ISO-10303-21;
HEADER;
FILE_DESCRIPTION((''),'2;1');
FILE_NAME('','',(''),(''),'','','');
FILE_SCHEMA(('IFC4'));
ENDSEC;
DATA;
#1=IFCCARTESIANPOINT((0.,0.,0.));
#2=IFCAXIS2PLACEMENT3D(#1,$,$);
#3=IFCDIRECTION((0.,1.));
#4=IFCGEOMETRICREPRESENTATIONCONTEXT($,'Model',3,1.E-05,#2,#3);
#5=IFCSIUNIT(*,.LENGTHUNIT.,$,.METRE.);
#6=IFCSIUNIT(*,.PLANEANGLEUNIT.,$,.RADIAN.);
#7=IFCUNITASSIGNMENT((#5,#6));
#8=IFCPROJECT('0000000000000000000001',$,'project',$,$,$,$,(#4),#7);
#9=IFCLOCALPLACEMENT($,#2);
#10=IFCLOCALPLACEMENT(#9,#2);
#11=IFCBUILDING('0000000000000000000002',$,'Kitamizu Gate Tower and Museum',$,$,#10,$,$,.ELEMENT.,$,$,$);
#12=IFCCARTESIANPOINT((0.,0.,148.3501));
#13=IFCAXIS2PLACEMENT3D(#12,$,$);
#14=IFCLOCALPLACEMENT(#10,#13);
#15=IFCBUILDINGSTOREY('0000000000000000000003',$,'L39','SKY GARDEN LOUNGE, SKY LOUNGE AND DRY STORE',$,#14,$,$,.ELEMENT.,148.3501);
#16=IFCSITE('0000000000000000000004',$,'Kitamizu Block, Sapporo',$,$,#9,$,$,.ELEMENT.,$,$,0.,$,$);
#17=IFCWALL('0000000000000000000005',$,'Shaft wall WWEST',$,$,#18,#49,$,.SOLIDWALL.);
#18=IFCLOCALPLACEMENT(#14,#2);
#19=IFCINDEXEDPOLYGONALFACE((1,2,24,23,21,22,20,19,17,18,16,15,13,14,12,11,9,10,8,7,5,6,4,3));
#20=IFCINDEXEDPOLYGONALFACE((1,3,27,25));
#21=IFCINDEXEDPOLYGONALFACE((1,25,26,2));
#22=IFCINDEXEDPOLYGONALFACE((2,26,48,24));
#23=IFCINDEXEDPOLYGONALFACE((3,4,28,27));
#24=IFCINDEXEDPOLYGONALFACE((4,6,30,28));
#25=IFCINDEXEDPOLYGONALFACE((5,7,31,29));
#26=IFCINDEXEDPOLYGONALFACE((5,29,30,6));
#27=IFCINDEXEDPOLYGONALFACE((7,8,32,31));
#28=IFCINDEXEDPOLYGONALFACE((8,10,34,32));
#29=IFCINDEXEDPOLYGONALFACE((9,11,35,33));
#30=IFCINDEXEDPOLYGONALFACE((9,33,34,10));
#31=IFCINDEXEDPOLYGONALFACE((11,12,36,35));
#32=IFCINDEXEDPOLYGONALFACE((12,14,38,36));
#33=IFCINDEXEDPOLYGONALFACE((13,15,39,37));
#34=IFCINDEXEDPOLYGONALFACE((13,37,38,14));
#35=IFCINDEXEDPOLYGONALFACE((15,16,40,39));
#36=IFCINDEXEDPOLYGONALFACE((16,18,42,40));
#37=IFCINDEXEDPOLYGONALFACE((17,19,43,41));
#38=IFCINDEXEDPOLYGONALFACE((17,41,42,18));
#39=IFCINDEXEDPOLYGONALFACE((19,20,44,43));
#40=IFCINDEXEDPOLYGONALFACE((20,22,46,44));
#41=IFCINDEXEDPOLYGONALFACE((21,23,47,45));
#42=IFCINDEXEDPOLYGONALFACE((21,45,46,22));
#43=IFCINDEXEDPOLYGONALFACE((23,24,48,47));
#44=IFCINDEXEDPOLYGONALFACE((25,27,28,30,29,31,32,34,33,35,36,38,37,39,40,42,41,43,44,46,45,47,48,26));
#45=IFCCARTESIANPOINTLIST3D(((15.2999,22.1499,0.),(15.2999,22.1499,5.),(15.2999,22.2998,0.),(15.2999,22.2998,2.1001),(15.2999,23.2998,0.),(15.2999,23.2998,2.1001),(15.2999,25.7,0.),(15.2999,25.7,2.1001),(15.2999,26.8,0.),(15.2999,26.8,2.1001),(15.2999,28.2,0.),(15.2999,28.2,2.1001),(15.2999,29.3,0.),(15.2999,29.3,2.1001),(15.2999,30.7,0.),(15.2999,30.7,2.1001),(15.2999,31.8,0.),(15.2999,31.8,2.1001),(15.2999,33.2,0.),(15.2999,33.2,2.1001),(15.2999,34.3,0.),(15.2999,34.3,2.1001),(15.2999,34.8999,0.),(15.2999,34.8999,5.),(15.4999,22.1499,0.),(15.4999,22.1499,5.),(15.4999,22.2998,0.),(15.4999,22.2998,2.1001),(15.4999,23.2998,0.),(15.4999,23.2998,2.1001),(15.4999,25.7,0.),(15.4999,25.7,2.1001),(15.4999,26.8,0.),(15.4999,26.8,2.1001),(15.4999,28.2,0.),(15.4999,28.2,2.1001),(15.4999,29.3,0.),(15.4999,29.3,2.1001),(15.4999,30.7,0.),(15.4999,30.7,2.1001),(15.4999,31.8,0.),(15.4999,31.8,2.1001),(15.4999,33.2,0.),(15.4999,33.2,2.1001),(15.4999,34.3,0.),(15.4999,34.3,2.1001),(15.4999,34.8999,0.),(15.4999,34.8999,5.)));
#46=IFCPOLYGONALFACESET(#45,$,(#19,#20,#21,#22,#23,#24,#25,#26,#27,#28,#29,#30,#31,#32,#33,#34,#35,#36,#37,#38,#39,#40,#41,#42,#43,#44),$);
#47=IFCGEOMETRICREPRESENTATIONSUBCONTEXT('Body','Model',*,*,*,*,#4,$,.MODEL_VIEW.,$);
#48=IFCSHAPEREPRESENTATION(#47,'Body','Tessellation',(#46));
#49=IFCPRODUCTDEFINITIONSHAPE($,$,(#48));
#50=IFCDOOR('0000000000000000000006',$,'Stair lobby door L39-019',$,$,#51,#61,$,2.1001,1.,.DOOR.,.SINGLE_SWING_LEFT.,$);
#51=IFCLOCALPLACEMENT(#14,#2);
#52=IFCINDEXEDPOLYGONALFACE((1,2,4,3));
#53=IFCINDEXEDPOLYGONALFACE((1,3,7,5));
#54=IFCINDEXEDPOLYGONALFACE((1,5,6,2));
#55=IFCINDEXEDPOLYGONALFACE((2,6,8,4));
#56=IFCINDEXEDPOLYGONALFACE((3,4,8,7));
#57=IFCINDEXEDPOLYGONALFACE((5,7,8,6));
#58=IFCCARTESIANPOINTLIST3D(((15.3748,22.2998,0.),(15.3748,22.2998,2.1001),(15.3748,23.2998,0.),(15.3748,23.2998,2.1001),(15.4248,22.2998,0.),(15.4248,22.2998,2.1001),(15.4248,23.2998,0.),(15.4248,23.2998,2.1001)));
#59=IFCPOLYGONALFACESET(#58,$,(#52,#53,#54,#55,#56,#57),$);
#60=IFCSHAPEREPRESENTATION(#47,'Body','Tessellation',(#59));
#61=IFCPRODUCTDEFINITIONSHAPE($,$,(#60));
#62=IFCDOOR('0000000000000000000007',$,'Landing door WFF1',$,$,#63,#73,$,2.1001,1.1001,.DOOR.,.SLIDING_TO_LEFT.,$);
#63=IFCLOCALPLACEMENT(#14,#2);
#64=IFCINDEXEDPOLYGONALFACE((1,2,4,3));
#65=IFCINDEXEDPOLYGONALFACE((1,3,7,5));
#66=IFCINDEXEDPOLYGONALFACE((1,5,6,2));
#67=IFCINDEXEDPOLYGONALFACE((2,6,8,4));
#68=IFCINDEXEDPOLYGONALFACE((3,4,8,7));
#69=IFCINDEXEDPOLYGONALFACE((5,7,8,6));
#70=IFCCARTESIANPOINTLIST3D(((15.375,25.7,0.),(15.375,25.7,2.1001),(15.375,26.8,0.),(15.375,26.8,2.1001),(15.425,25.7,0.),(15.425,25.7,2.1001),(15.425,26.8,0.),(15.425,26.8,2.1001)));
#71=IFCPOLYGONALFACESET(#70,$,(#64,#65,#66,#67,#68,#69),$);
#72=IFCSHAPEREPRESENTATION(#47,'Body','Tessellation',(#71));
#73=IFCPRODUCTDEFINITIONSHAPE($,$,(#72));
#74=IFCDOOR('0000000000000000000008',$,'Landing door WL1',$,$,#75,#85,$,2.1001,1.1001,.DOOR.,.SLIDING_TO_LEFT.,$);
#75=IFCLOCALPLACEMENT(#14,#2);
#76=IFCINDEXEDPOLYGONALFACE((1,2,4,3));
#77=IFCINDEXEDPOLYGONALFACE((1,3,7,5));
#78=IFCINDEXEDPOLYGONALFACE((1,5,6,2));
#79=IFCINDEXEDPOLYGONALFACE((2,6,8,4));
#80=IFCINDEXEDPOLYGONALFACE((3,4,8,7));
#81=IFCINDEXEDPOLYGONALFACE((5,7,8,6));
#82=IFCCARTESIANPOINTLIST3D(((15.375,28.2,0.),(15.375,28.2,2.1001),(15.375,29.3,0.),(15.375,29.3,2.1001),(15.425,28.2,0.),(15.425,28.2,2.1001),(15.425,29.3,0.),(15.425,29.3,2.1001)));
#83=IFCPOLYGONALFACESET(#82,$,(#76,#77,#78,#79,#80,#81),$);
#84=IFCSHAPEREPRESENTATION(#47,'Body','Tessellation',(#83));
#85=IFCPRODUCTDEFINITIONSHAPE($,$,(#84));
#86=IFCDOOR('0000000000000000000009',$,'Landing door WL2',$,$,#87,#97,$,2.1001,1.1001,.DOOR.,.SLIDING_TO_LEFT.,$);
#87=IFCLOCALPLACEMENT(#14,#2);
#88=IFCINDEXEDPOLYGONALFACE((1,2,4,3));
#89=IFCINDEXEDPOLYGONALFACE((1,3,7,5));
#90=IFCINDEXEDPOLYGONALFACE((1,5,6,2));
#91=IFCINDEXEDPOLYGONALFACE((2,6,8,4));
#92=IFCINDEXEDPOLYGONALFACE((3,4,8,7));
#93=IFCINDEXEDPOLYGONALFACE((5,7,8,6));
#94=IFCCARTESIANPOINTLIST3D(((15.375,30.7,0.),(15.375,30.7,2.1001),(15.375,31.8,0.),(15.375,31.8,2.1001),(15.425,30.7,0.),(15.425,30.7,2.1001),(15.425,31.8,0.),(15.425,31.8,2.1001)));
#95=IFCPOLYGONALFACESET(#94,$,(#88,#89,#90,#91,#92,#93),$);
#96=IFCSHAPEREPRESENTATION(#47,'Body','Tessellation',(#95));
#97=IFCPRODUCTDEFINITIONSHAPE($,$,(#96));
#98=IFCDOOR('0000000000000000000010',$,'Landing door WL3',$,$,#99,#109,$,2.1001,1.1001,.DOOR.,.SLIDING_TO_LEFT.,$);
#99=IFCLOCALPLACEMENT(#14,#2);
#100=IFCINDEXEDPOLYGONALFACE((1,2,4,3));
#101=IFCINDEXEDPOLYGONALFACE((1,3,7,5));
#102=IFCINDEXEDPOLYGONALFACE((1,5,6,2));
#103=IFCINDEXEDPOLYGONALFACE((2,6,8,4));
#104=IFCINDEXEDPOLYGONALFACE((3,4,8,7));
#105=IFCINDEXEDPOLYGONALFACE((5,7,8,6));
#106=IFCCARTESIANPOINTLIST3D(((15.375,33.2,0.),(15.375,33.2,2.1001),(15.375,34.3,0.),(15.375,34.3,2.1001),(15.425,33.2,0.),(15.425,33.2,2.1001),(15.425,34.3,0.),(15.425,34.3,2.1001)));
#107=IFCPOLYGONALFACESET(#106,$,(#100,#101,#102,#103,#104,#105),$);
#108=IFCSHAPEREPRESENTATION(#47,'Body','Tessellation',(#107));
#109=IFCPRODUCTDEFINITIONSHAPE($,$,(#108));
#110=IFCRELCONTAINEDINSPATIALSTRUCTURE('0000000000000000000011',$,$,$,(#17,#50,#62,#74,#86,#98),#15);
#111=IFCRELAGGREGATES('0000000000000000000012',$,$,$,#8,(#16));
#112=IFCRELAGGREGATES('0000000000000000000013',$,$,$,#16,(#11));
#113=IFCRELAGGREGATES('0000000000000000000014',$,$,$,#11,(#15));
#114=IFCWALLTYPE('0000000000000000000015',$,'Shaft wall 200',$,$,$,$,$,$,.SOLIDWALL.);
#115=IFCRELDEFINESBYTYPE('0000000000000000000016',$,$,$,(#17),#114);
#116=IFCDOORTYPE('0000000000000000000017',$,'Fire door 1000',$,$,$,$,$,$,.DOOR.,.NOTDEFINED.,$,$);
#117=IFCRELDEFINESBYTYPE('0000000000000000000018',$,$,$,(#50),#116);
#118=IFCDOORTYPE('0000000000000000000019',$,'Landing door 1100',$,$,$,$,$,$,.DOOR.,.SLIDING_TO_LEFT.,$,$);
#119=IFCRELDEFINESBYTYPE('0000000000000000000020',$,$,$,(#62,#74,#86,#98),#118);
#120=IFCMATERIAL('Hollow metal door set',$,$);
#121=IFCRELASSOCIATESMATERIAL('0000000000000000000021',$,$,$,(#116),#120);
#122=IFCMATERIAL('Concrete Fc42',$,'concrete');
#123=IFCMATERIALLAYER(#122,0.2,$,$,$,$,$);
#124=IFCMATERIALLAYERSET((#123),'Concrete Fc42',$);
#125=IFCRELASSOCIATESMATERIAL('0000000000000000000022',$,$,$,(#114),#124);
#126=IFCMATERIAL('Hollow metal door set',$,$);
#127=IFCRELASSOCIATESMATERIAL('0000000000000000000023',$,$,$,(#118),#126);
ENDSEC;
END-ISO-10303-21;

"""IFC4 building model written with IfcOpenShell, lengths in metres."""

from ifc_helpers import new_model, si_unit, direction, frame, frame_2d, origin, place, context, subcontext, project, spatial, rectangle, extrude, material, layer, layer_set, type_object, element, fill, save


model = new_model("IFC4")

# Units and contexts
model_context = context("Model", 3, precision=1e-05, world=origin(), true_north=direction((0.0, 1.0)))
body_context = subcontext(model_context, "Body", "Model", "MODEL_VIEW")
ifc_project = project(units=[si_unit("LENGTHUNIT", "METRE"), si_unit("PLANEANGLEUNIT", "RADIAN")], contexts=[model_context])

# Site, building, storey
site_placement = place(None, origin())
site = spatial("IfcSite", under=ifc_project, at=site_placement, Name="Kitamizu Block, Sapporo", CompositionType="ELEMENT", RefElevation=0.0)
building_placement = place(site_placement, origin())
building = spatial("IfcBuilding", under=site, at=building_placement, Name="Kitamizu Gate Tower and Museum", CompositionType="ELEMENT")
storey_placement = place(building_placement, frame((0.0, 0.0, 148.3501)))
storey = spatial("IfcBuildingStorey", under=building, at=storey_placement, Name="L39", Description="SKY GARDEN LOUNGE, SKY LOUNGE AND DRY STORE", CompositionType="ELEMENT", Elevation=148.3501)

# Shared definitions
ifc_material_1 = material(Name="Hollow metal door set")
door_type_1 = type_object("IfcDoorType", Name="Fire door 1000", OperationType="NOTDEFINED", PredefinedType="DOOR", material=ifc_material_1)

# Wall, openings, doors
ifc_material_2 = material(Name="Concrete Fc42", Category="concrete")
ifc_layer_1 = layer(ifc_material_2, 0.2)
ifc_layer_set_1 = layer_set([ifc_layer_1], Name="Concrete Fc42")
wall_type_1 = type_object("IfcWallType", Name="Shaft wall 200", PredefinedType="SOLIDWALL", material=ifc_layer_set_1)
wall_1_placement = place(storey_placement, frame((15.3999, 22.1499, 0.0), z_axis=(0.0, 0.0, 1.0), x_axis=(0.0, 1.0, 0.0)))
wall_1 = element("IfcWall", 1, at=wall_1_placement, inside=storey, type_object=wall_type_1, Name="Shaft wall WWEST", PredefinedType="SOLIDWALL", context=body_context, shape_type="SweptSolid", body=[
    extrude(rectangle(XDim=12.75, YDim=0.2, at=frame_2d((6.375, 0.0))), origin(), (0.0, 0.0, 1.0), 5.0),
])
opening_1_placement = place(wall_1_placement, frame((3.55, 0.0, 0.0)))
opening_1 = element("IfcOpeningElement", 2, at=opening_1_placement, cuts=wall_1, PredefinedType="OPENING", context=body_context, shape_type="SweptSolid", body=[
    extrude(rectangle(XDim=1.1001, YDim=2.1001, at=frame_2d((0.55, 1.05))), frame((0.0, 0.1099, 0.0), z_axis=(0.0, -1.0, 0.0), x_axis=(1.0, 0.0, 0.0)), (0.0, 0.0, 1.0), 0.22),
])
opening_2_placement = place(wall_1_placement, frame((6.05, 0.0, 0.0)))
opening_2 = element("IfcOpeningElement", 3, at=opening_2_placement, cuts=wall_1, PredefinedType="OPENING", context=body_context, shape_type="SweptSolid", body=[
    extrude(rectangle(XDim=1.1001, YDim=2.1001, at=frame_2d((0.55, 1.05))), frame((0.0, 0.1099, 0.0), z_axis=(0.0, -1.0, 0.0), x_axis=(1.0, 0.0, 0.0)), (0.0, 0.0, 1.0), 0.22),
])
opening_3_placement = place(wall_1_placement, frame((8.55, 0.0, 0.0)))
opening_3 = element("IfcOpeningElement", 4, at=opening_3_placement, cuts=wall_1, PredefinedType="OPENING", context=body_context, shape_type="SweptSolid", body=[
    extrude(rectangle(XDim=1.1001, YDim=2.1001, at=frame_2d((0.55, 1.05))), frame((0.0, 0.1099, 0.0), z_axis=(0.0, -1.0, 0.0), x_axis=(1.0, 0.0, 0.0)), (0.0, 0.0, 1.0), 0.22),
])
opening_4_placement = place(wall_1_placement, frame((11.05, 0.0, 0.0)))
opening_4 = element("IfcOpeningElement", 5, at=opening_4_placement, cuts=wall_1, PredefinedType="OPENING", context=body_context, shape_type="SweptSolid", body=[
    extrude(rectangle(XDim=1.1001, YDim=2.1001, at=frame_2d((0.55, 1.05))), frame((0.0, 0.1099, 0.0), z_axis=(0.0, -1.0, 0.0), x_axis=(1.0, 0.0, 0.0)), (0.0, 0.0, 1.0), 0.22),
])
opening_5_placement = place(wall_1_placement, frame((0.1499, 0.0, 0.0)))
opening_5 = element("IfcOpeningElement", 6, at=opening_5_placement, cuts=wall_1, PredefinedType="OPENING", context=body_context, shape_type="SweptSolid", body=[
    extrude(rectangle(XDim=1.0, YDim=2.1001, at=frame_2d((0.5, 1.05))), frame((0.0, 0.1099, 0.0), z_axis=(0.0, -1.0, 0.0), x_axis=(1.0, 0.0, 0.0)), (0.0, 0.0, 1.0), 0.22),
])
door_1_placement = place(opening_5_placement, frame((1.0, 0.0, 0.0), x_axis=(-1.0, 0.0, 0.0)))
door_1 = element("IfcDoor", 7, at=door_1_placement, inside=storey, type_object=door_type_1, Name="Stair lobby door L39-019", OperationType="SINGLE_SWING_LEFT", OverallHeight=2.1001, OverallWidth=1.0, PredefinedType="DOOR", context=body_context, shape_type="SweptSolid", body=[
    extrude(rectangle(XDim=1.0, YDim=2.1001, at=frame_2d((0.5, 1.05))), frame((0.0, 0.0249, 0.0), z_axis=(0.0, -1.0, 0.0), x_axis=(1.0, 0.0, 0.0)), (0.0, 0.0, 1.0), 0.05),
])
fill(opening_5, door_1)
ifc_material_3 = material(Name="Hollow metal door set")
door_type_2 = type_object("IfcDoorType", Name="Landing door 1100", OperationType="SLIDING_TO_LEFT", PredefinedType="DOOR", material=ifc_material_3)
door_2_placement = place(opening_1_placement, origin())
door_2 = element("IfcDoor", 8, at=door_2_placement, inside=storey, type_object=door_type_2, Name="Landing door WFF1", OperationType="SLIDING_TO_LEFT", OverallHeight=2.1001, OverallWidth=1.1001, PredefinedType="DOOR", context=body_context, shape_type="SweptSolid", body=[
    extrude(rectangle(XDim=1.1001, YDim=2.1001, at=frame_2d((0.55, 1.05))), frame((0.0, 0.0249, 0.0), z_axis=(0.0, -1.0, 0.0), x_axis=(1.0, 0.0, 0.0)), (0.0, 0.0, 1.0), 0.05),
])
fill(opening_1, door_2)
door_3_placement = place(opening_2_placement, origin())
door_3 = element("IfcDoor", 9, at=door_3_placement, inside=storey, type_object=door_type_2, Name="Landing door WL1", OperationType="SLIDING_TO_LEFT", OverallHeight=2.1001, OverallWidth=1.1001, PredefinedType="DOOR", context=body_context, shape_type="SweptSolid", body=[
    extrude(rectangle(XDim=1.1001, YDim=2.1001, at=frame_2d((0.55, 1.05))), frame((0.0, 0.0249, 0.0), z_axis=(0.0, -1.0, 0.0), x_axis=(1.0, 0.0, 0.0)), (0.0, 0.0, 1.0), 0.05),
])
fill(opening_2, door_3)
door_4_placement = place(opening_3_placement, origin())
door_4 = element("IfcDoor", 10, at=door_4_placement, inside=storey, type_object=door_type_2, Name="Landing door WL2", OperationType="SLIDING_TO_LEFT", OverallHeight=2.1001, OverallWidth=1.1001, PredefinedType="DOOR", context=body_context, shape_type="SweptSolid", body=[
    extrude(rectangle(XDim=1.1001, YDim=2.1001, at=frame_2d((0.55, 1.05))), frame((0.0, 0.0249, 0.0), z_axis=(0.0, -1.0, 0.0), x_axis=(1.0, 0.0, 0.0)), (0.0, 0.0, 1.0), 0.05),
])
fill(opening_3, door_4)
door_5_placement = place(opening_4_placement, origin())
door_5 = element("IfcDoor", 11, at=door_5_placement, inside=storey, type_object=door_type_2, Name="Landing door WL3", OperationType="SLIDING_TO_LEFT", OverallHeight=2.1001, OverallWidth=1.1001, PredefinedType="DOOR", context=body_context, shape_type="SweptSolid", body=[
    extrude(rectangle(XDim=1.1001, YDim=2.1001, at=frame_2d((0.55, 1.05))), frame((0.0, 0.0249, 0.0), z_axis=(0.0, -1.0, 0.0), x_axis=(1.0, 0.0, 0.0)), (0.0, 0.0, 1.0), 0.05),
])
fill(opening_4, door_5)

save(model, "model.ifc")
